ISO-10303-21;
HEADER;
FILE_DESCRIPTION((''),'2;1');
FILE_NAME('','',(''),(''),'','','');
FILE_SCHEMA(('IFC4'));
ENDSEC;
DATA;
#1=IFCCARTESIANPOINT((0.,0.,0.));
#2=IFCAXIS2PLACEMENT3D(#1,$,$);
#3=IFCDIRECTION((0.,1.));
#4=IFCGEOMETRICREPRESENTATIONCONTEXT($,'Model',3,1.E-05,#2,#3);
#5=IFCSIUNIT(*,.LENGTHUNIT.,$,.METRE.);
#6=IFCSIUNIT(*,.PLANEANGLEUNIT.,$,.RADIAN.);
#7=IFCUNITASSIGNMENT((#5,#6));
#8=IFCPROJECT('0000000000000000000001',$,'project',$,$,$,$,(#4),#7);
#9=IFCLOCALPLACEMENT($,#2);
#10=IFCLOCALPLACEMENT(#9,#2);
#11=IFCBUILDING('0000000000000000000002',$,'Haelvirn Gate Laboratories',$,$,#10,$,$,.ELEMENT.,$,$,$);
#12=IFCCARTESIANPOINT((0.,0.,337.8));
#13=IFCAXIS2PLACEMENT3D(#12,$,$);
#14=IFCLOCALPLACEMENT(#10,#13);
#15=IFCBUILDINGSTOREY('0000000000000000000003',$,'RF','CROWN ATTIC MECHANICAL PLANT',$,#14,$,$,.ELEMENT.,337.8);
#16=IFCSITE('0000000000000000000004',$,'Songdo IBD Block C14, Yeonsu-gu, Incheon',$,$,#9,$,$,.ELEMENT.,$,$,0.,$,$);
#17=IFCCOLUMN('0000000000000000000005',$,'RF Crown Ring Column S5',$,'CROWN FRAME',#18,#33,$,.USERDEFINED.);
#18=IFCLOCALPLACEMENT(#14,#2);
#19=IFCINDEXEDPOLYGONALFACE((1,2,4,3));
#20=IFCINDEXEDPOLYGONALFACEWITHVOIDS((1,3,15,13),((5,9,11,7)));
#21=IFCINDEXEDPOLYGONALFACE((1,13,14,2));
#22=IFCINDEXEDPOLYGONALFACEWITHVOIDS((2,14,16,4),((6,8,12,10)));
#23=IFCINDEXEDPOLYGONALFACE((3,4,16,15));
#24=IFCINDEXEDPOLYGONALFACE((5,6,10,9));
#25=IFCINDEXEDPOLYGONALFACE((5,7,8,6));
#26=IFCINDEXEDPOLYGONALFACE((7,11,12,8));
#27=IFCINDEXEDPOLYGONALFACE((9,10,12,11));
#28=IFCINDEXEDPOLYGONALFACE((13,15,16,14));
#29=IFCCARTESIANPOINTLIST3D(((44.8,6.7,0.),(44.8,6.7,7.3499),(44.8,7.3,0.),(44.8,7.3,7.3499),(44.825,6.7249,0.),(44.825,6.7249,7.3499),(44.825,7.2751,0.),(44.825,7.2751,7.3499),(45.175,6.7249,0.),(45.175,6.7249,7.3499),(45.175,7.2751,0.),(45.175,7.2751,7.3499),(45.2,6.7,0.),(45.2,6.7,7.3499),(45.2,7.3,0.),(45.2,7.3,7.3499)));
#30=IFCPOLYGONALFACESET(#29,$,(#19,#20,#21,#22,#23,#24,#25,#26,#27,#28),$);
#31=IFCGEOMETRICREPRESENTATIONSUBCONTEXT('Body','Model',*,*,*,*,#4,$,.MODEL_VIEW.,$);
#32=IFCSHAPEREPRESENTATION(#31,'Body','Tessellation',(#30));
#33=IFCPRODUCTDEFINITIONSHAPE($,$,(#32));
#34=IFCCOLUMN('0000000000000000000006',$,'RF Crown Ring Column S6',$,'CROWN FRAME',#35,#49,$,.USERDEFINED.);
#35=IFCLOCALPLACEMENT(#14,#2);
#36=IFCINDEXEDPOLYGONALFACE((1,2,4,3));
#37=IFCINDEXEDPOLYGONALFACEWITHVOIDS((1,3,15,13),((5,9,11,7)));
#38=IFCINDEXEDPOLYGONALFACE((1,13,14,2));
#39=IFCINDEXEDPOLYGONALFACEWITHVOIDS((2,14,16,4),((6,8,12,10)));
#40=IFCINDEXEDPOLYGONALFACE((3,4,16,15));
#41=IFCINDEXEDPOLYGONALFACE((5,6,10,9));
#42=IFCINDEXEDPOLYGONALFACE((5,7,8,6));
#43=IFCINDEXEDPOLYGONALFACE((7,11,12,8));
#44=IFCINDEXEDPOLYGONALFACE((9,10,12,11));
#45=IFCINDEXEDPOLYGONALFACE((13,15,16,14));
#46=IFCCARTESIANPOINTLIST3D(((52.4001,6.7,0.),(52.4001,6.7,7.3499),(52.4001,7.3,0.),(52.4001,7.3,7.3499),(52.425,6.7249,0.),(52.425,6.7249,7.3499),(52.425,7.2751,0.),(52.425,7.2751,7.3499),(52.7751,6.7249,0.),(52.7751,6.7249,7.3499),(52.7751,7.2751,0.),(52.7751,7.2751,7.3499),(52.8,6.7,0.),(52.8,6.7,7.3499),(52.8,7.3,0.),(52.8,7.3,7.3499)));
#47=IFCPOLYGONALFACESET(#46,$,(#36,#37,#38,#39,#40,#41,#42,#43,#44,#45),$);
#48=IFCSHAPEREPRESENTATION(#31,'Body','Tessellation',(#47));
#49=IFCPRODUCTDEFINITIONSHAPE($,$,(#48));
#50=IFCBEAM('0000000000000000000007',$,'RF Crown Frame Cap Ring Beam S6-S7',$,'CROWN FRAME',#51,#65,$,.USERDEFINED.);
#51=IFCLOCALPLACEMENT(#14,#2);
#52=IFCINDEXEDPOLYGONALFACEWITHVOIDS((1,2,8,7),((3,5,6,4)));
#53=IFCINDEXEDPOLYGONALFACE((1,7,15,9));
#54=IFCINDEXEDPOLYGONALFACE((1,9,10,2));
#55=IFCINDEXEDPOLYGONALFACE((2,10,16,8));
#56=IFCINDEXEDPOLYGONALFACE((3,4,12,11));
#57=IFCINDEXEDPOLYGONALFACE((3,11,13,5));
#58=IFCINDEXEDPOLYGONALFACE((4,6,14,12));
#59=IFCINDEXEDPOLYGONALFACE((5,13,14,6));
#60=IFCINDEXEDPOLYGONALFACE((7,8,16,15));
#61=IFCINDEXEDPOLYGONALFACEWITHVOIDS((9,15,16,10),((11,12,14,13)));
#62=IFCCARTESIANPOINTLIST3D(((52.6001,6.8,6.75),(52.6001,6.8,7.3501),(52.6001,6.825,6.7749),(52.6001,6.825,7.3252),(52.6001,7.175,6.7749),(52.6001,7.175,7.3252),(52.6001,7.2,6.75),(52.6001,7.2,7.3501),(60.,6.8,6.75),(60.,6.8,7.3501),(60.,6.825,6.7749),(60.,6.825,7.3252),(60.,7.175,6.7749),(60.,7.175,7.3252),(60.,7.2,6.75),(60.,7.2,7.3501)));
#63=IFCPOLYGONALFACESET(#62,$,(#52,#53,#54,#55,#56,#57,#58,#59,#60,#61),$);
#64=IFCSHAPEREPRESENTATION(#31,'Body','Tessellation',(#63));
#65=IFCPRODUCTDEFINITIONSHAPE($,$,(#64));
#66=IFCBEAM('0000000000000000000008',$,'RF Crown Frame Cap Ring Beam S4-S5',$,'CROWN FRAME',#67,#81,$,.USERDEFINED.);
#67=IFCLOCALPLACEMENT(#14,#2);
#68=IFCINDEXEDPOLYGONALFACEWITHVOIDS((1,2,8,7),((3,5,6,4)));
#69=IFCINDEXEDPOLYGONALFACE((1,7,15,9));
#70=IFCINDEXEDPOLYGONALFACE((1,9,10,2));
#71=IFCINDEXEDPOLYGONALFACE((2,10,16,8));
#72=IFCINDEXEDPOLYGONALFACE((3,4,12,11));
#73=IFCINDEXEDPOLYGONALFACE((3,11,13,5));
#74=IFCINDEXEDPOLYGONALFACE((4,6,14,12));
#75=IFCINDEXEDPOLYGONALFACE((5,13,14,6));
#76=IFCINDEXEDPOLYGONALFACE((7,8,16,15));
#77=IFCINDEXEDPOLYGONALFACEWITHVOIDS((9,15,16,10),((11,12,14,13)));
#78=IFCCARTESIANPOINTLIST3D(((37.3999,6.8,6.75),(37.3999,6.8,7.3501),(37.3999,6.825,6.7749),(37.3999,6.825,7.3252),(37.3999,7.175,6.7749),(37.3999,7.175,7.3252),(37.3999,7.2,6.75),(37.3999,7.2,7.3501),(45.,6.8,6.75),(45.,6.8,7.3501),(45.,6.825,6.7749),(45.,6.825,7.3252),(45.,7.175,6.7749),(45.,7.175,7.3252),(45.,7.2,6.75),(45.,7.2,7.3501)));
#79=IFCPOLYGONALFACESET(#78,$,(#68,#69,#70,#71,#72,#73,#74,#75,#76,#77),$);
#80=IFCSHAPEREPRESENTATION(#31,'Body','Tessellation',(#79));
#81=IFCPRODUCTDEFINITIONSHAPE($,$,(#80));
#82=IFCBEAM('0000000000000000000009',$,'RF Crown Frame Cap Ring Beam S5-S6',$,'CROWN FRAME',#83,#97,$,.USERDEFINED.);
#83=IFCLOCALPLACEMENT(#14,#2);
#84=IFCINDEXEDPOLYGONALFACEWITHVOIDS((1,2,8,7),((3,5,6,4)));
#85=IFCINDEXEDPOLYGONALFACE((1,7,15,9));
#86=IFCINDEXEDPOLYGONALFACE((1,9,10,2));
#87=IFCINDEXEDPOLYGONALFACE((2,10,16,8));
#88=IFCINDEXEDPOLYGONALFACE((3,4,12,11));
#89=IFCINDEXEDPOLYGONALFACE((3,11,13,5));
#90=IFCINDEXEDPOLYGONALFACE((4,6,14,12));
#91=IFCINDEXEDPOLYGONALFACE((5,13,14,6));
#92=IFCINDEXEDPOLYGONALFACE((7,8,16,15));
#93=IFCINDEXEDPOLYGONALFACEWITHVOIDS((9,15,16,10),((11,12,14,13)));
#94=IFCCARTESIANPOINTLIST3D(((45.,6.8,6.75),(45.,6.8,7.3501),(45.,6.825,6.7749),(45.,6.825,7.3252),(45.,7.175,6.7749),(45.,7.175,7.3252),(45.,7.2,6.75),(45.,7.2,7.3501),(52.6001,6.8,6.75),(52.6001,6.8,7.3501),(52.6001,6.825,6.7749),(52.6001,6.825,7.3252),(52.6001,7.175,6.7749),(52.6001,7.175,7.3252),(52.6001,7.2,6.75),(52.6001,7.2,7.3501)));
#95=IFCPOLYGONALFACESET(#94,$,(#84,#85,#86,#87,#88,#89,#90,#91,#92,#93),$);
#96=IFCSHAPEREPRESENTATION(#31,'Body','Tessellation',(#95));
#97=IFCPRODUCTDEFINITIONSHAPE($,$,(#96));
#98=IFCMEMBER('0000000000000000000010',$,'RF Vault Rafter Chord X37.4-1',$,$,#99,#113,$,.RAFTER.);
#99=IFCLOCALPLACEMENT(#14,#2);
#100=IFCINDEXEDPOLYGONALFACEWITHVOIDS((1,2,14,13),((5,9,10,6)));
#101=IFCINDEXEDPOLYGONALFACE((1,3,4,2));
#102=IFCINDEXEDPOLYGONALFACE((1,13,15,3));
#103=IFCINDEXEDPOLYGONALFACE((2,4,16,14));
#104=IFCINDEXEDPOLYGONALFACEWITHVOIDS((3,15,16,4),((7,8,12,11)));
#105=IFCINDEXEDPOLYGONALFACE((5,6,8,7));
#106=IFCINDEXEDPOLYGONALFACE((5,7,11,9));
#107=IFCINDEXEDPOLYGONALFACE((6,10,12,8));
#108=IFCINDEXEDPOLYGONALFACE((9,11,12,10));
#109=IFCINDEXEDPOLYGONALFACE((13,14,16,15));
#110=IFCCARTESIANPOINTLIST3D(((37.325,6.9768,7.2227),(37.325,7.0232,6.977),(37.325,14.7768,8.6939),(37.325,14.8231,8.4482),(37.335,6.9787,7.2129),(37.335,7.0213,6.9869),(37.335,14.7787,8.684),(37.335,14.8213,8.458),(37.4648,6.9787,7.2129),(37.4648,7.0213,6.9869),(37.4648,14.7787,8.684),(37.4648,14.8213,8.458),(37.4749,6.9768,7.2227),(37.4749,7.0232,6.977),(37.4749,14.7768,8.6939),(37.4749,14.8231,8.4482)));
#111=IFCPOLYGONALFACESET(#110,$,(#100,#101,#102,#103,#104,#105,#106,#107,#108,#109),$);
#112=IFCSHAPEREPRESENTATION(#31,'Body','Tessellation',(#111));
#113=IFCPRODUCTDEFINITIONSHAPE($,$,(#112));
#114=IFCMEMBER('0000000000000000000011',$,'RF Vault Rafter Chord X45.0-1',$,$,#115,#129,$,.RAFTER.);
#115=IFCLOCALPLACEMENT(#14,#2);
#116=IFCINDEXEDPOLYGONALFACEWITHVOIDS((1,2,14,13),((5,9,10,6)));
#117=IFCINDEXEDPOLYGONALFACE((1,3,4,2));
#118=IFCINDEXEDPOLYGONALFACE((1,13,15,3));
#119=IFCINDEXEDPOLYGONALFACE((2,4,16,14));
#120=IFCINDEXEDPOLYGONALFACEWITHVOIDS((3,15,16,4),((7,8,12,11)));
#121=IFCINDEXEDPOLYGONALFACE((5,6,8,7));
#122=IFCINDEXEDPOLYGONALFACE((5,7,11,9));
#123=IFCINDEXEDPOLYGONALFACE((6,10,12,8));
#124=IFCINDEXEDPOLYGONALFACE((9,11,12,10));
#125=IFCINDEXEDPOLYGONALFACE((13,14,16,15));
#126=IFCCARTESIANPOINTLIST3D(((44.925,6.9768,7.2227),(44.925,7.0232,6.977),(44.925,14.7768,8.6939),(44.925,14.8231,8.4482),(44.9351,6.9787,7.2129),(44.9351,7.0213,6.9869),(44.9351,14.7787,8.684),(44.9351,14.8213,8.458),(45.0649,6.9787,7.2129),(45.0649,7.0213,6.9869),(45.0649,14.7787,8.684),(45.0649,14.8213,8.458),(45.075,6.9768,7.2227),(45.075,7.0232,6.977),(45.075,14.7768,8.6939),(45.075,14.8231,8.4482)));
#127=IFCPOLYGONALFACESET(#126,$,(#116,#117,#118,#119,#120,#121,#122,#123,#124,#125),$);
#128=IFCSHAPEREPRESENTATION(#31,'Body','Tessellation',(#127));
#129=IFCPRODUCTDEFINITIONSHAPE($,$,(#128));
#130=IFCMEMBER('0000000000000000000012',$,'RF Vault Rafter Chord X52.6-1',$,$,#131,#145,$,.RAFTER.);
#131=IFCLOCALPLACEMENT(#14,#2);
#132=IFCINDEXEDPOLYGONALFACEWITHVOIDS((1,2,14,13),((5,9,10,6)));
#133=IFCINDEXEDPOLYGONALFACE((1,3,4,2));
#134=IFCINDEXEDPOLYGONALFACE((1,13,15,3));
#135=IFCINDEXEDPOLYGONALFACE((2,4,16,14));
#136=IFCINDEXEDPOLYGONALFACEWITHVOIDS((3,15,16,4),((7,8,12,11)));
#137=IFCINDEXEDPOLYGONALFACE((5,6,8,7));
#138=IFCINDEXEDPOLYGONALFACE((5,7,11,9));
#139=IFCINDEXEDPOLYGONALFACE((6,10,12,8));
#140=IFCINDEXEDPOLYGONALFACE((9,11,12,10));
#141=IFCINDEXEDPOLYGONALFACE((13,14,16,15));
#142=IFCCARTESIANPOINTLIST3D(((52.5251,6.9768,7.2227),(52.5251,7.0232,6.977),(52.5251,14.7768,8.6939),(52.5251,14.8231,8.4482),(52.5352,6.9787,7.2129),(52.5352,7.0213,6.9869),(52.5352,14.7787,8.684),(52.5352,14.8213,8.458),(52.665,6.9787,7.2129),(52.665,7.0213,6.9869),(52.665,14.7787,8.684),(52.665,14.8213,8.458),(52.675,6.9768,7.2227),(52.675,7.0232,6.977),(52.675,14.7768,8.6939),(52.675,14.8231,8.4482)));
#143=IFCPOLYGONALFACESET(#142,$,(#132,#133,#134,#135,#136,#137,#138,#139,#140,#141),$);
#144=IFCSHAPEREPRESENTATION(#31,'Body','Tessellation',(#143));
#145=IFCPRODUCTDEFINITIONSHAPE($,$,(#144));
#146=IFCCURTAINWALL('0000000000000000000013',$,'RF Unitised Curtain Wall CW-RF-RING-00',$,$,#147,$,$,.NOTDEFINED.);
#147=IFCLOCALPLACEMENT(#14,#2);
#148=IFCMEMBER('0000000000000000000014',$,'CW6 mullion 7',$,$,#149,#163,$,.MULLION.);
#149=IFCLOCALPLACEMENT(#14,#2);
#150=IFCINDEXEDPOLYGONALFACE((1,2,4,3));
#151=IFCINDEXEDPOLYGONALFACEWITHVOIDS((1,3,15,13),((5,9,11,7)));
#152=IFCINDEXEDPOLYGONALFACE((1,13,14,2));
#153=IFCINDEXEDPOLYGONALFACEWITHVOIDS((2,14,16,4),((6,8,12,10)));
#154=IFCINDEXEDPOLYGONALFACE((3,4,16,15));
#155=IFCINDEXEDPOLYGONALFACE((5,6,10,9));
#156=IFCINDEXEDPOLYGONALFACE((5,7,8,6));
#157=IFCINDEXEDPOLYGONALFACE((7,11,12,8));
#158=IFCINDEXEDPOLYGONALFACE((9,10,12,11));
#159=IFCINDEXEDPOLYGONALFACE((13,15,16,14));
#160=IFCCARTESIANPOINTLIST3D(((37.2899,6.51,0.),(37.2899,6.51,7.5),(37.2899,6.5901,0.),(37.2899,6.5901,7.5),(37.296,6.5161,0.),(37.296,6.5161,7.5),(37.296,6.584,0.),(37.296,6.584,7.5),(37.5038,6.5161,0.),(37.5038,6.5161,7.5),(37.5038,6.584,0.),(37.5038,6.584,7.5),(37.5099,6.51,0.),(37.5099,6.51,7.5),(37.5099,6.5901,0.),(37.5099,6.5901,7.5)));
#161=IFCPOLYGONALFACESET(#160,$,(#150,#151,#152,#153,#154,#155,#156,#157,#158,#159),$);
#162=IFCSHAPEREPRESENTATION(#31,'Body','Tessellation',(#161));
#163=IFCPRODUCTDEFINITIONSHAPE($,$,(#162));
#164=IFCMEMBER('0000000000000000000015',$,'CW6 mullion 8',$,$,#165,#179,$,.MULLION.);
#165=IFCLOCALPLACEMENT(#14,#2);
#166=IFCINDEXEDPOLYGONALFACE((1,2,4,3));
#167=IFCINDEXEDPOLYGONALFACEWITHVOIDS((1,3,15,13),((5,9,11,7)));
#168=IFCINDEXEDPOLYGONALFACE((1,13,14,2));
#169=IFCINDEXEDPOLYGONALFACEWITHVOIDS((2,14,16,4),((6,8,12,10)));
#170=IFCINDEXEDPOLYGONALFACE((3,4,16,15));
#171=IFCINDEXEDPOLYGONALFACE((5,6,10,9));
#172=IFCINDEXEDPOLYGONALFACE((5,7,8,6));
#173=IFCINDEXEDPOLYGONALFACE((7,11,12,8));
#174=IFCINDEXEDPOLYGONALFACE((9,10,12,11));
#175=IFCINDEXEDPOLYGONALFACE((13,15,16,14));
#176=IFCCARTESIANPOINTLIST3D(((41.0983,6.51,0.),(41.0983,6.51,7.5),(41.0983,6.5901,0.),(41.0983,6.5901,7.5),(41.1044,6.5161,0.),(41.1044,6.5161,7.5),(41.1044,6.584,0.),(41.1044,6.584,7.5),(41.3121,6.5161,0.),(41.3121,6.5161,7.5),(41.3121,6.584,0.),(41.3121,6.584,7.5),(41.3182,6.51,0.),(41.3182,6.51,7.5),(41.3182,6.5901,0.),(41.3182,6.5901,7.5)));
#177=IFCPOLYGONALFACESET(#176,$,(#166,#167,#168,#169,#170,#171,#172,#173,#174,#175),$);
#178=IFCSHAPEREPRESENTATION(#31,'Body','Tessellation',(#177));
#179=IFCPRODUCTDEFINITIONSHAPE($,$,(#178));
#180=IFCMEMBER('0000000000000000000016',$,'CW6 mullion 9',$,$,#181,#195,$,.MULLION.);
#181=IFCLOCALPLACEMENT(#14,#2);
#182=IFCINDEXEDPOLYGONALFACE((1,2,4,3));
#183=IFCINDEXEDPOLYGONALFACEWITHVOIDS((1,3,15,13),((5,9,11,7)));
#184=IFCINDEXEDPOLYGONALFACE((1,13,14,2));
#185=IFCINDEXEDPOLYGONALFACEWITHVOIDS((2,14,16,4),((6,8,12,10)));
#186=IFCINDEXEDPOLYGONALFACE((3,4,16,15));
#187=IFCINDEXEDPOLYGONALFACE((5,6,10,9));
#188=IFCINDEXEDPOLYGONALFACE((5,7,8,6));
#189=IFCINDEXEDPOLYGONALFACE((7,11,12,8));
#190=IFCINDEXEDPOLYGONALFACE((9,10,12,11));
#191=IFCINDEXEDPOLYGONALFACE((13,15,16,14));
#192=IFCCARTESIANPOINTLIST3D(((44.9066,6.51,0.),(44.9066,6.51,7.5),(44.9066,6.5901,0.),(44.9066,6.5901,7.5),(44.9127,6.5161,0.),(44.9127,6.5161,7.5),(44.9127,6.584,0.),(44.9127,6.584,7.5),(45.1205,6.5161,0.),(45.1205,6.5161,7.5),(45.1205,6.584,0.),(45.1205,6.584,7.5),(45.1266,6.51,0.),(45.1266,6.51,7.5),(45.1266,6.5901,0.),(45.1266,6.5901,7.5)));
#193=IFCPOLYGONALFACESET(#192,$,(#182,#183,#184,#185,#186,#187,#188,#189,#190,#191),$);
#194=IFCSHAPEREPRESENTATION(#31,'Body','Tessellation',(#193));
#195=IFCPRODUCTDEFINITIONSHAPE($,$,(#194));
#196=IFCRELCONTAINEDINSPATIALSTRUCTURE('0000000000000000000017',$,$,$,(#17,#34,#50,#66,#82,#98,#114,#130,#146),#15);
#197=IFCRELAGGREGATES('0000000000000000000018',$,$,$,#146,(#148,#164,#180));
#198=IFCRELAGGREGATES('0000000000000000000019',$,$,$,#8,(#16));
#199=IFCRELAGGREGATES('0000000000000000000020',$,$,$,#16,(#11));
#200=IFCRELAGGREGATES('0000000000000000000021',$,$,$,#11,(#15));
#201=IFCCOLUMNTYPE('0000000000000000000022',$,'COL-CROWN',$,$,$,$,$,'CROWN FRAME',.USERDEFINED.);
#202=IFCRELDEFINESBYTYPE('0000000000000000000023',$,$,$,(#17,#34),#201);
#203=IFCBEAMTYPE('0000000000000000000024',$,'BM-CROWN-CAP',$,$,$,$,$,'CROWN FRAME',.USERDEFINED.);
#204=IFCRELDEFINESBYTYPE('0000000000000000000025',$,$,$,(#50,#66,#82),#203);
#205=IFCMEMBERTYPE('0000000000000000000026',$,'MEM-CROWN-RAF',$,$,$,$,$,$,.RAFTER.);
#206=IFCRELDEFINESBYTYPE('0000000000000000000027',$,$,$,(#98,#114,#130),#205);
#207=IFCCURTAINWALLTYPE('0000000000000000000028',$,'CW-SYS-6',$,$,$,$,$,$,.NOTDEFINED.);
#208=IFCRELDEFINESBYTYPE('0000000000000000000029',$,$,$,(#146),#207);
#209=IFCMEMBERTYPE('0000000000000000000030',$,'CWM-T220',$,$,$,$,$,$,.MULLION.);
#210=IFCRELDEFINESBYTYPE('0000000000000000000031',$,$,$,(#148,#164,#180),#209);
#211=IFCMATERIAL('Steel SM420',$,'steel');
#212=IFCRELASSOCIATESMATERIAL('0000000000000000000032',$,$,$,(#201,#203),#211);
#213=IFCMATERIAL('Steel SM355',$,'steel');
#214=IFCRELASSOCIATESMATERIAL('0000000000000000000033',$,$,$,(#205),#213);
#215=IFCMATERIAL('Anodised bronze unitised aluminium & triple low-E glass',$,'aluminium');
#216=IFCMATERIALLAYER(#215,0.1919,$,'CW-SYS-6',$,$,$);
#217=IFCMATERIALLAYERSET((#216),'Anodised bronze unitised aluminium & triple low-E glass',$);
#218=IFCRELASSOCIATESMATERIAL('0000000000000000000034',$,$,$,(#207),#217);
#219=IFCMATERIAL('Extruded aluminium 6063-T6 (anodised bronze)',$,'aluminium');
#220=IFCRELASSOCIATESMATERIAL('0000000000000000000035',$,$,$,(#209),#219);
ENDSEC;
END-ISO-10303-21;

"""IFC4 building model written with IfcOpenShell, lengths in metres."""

from ifc_helpers import new_model, si_unit, direction, frame, origin, origin_2d, place, context, subcontext, project, spatial, hollow_rectangle, extrude, source, transform, mapped, material, layer, layer_set, material_profile, profile_set, type_object, type_shapes, element, aggregate, save


model = new_model("IFC4")

# Units and contexts
model_context = context("Model", 3, precision=1e-05, world=origin(), true_north=direction((0.0, 1.0)))
body_context = subcontext(model_context, "Body", "Model", "MODEL_VIEW")
ifc_project = project(units=[si_unit("LENGTHUNIT", "METRE"), si_unit("PLANEANGLEUNIT", "RADIAN")], contexts=[model_context])

# Site, building, storey
site_placement = place(None, origin())
site = spatial("IfcSite", under=ifc_project, at=site_placement, Name="Songdo IBD Block C14, Yeonsu-gu, Incheon", CompositionType="ELEMENT", RefElevation=0.0)
building_placement = place(site_placement, origin())
building = spatial("IfcBuilding", under=site, at=building_placement, Name="Haelvirn Gate Laboratories", CompositionType="ELEMENT")
storey_placement = place(building_placement, frame((0.0, 0.0, 337.8)))
storey = spatial("IfcBuildingStorey", under=building, at=storey_placement, Name="RF", Description="CROWN ATTIC MECHANICAL PLANT", CompositionType="ELEMENT", Elevation=337.8)

# Columns
ifc_material_1 = material(Name="Steel SM420", Category="steel")
ifc_material_profile_1 = material_profile(ifc_material_1, hollow_rectangle(XDim=0.3999, YDim=0.6001, WallThickness=0.0249, at=origin_2d()), Name="BOX-600x400x25")
ifc_profile_set_1 = profile_set([ifc_material_profile_1], Name="Steel SM420")
column_type = type_object("IfcColumnType", Name="COL-CROWN", ElementType="CROWN FRAME", PredefinedType="USERDEFINED", material=ifc_profile_set_1)
shared_shape_1 = source(origin(), body_context, "Body", "SweptSolid", [
    extrude(hollow_rectangle(XDim=0.3999, YDim=0.6001, WallThickness=0.0249, at=origin_2d()), origin(), (0.0, 0.0, 1.0), 7.3499),
])
type_shapes(column_type, [shared_shape_1])
for number, where, z_axis, x_axis, name in (
    (1, (45.0, 7.0, 0.0), (0.0, 0.0, 1.0), (1.0, 0.0, 0.0), "RF Crown Ring Column S5"),
    (2, (52.6001, 7.0, 0.0), (0.0, 0.0, 1.0), (1.0, 0.0, 0.0), "RF Crown Ring Column S6"),
):
    element("IfcColumn", number, at=place(storey_placement, frame(where, z_axis=z_axis, x_axis=x_axis)), inside=storey, type_object=column_type, Name=name, ObjectType="CROWN FRAME", PredefinedType="USERDEFINED", context=body_context, shape_type="MappedRepresentation", body=[
        mapped(shared_shape_1, transform((0.0, 0.0, 0.0), scale=1.0)),
    ])

# Beams
ifc_material_profile_2 = material_profile(ifc_material_1, hollow_rectangle(XDim=0.3999, YDim=0.6001, WallThickness=0.0249, at=origin_2d()), Name="BOX-600x400x25")
ifc_profile_set_2 = profile_set([ifc_material_profile_2], Name="Steel SM420")
beam_type = type_object("IfcBeamType", Name="BM-CROWN-CAP", ElementType="CROWN FRAME", PredefinedType="USERDEFINED", material=ifc_profile_set_2)
shared_shape_2 = source(origin(), body_context, "Body", "SweptSolid", [
    extrude(hollow_rectangle(XDim=0.3999, YDim=0.6001, WallThickness=0.0249, at=origin_2d()), origin(), (0.0, 0.0, 1.0), 7.3999),
])
beam_placement = place(storey_placement, frame((52.6001, 7.0, 7.05), z_axis=(1.0, 0.0, 0.0), x_axis=(0.0, 1.0, 0.0)))
element("IfcBeam", 3, at=beam_placement, inside=storey, type_object=beam_type, Name="RF Crown Frame Cap Ring Beam S6-S7", ObjectType="CROWN FRAME", PredefinedType="USERDEFINED", context=body_context, shape_type="MappedRepresentation", body=[
    mapped(shared_shape_2, transform((0.0, 0.0, 0.0), scale=1.0)),
])
shared_shape_3 = source(origin(), body_context, "Body", "SweptSolid", [
    extrude(hollow_rectangle(XDim=0.3999, YDim=0.6001, WallThickness=0.0249, at=origin_2d()), origin(), (0.0, 0.0, 1.0), 7.6001),
])
type_shapes(beam_type, [shared_shape_2, shared_shape_3])
for number, where, z_axis, x_axis, name in (
    (4, (37.3999, 7.0, 7.05), (1.0, 0.0, 0.0), (0.0, 1.0, 0.0), "RF Crown Frame Cap Ring Beam S4-S5"),
    (5, (45.0, 7.0, 7.05), (1.0, 0.0, 0.0), (0.0, 1.0, 0.0), "RF Crown Frame Cap Ring Beam S5-S6"),
):
    element("IfcBeam", number, at=place(storey_placement, frame(where, z_axis=z_axis, x_axis=x_axis)), inside=storey, type_object=beam_type, Name=name, ObjectType="CROWN FRAME", PredefinedType="USERDEFINED", context=body_context, shape_type="MappedRepresentation", body=[
        mapped(shared_shape_3, transform((0.0, 0.0, 0.0), scale=1.0)),
    ])

# Members
ifc_material_2 = material(Name="Steel SM355", Category="steel")
ifc_material_profile_3 = material_profile(ifc_material_2, hollow_rectangle(XDim=0.1499, YDim=0.25, WallThickness=0.01, at=origin_2d()), Name="RHS-250x150x10")
ifc_profile_set_3 = profile_set([ifc_material_profile_3], Name="Steel SM355")
member_type_1 = type_object("IfcMemberType", Name="MEM-CROWN-RAF", PredefinedType="RAFTER", material=ifc_profile_set_3)
shared_shape_4 = source(origin(), body_context, "Body", "SweptSolid", [
    extrude(hollow_rectangle(XDim=0.1499, YDim=0.25, WallThickness=0.01, at=origin_2d()), origin(), (0.0, 0.0, 1.0), 7.9375),
])
type_shapes(member_type_1, [shared_shape_4])
for number, where, z_axis, x_axis, name in (
    (6, (37.3999, 7.0, 7.0999), (0.0, 0.982673, 0.185345), (-1.0, 0.0, 0.0), "RF Vault Rafter Chord X37.4-1"),
    (7, (45.0, 7.0, 7.0999), (0.0, 0.982673, 0.185345), (-1.0, 0.0, 0.0), "RF Vault Rafter Chord X45.0-1"),
    (8, (52.6001, 7.0, 7.0999), (0.0, 0.982673, 0.185345), (-1.0, 0.0, 0.0), "RF Vault Rafter Chord X52.6-1"),
):
    element("IfcMember", number, at=place(storey_placement, frame(where, z_axis=z_axis, x_axis=x_axis)), inside=storey, type_object=member_type_1, Name=name, PredefinedType="RAFTER", context=body_context, shape_type="MappedRepresentation", body=[
        mapped(shared_shape_4, transform((0.0, 0.0, 0.0), scale=1.0)),
    ])

# Curtain wall, members
ifc_material_3 = material(Name="Anodised bronze unitised aluminium & triple low-E glass", Category="aluminium")
ifc_layer_1 = layer(ifc_material_3, 0.1919, Name="CW-SYS-6")
ifc_layer_set_1 = layer_set([ifc_layer_1], Name="Anodised bronze unitised aluminium & triple low-E glass")
curtain_wall_type = type_object("IfcCurtainWallType", Name="CW-SYS-6", PredefinedType="NOTDEFINED", material=ifc_layer_set_1)
curtain_wall_placement = place(storey_placement, origin())
curtain_wall = element("IfcCurtainWall", 9, at=curtain_wall_placement, inside=storey, type_object=curtain_wall_type, Name="RF Unitised Curtain Wall CW-RF-RING-00", PredefinedType="NOTDEFINED")
ifc_material_4 = material(Name="Extruded aluminium 6063-T6 (anodised bronze)", Category="aluminium")
ifc_material_profile_4 = material_profile(ifc_material_4, hollow_rectangle(XDim=0.0801, YDim=0.22, WallThickness=0.0061, at=origin_2d()), Name="CWM-220x80x6")
ifc_profile_set_4 = profile_set([ifc_material_profile_4], Name="Extruded aluminium 6063-T6 (anodised bronze)")
member_type_2 = type_object("IfcMemberType", Name="CWM-T220", PredefinedType="MULLION", material=ifc_profile_set_4)
shared_shape_5 = source(origin(), body_context, "Body", "SweptSolid", [
    extrude(hollow_rectangle(XDim=0.0801, YDim=0.22, WallThickness=0.0061, at=origin_2d()), origin(), (0.0, 0.0, 1.0), 7.5),
])
type_shapes(member_type_2, [shared_shape_5])
member_1_placement = place(storey_placement, frame((37.3999, 6.55, 0.0), z_axis=(0.0, 0.0, 1.0), x_axis=(0.0, 1.0, 0.0)))
member_1 = element("IfcMember", 10, at=member_1_placement, type_object=member_type_2, Name="CW6 mullion 7", PredefinedType="MULLION", context=body_context, shape_type="MappedRepresentation", body=[
    mapped(shared_shape_5, transform((0.0, 0.0, 0.0), scale=1.0)),
])
member_2_placement = place(storey_placement, frame((41.2083, 6.55, 0.0), z_axis=(0.0, 0.0, 1.0), x_axis=(0.0, 1.0, 0.0)))
member_2 = element("IfcMember", 11, at=member_2_placement, type_object=member_type_2, Name="CW6 mullion 8", PredefinedType="MULLION", context=body_context, shape_type="MappedRepresentation", body=[
    mapped(shared_shape_5, transform((0.0, 0.0, 0.0), scale=1.0)),
])
member_3_placement = place(storey_placement, frame((45.0166, 6.55, 0.0), z_axis=(0.0, 0.0, 1.0), x_axis=(0.0, 1.0, 0.0)))
member_3 = element("IfcMember", 12, at=member_3_placement, type_object=member_type_2, Name="CW6 mullion 9", PredefinedType="MULLION", context=body_context, shape_type="MappedRepresentation", body=[
    mapped(shared_shape_5, transform((0.0, 0.0, 0.0), scale=1.0)),
])

aggregate(curtain_wall, [member_1, member_2, member_3])

save(model, "model.ifc")
